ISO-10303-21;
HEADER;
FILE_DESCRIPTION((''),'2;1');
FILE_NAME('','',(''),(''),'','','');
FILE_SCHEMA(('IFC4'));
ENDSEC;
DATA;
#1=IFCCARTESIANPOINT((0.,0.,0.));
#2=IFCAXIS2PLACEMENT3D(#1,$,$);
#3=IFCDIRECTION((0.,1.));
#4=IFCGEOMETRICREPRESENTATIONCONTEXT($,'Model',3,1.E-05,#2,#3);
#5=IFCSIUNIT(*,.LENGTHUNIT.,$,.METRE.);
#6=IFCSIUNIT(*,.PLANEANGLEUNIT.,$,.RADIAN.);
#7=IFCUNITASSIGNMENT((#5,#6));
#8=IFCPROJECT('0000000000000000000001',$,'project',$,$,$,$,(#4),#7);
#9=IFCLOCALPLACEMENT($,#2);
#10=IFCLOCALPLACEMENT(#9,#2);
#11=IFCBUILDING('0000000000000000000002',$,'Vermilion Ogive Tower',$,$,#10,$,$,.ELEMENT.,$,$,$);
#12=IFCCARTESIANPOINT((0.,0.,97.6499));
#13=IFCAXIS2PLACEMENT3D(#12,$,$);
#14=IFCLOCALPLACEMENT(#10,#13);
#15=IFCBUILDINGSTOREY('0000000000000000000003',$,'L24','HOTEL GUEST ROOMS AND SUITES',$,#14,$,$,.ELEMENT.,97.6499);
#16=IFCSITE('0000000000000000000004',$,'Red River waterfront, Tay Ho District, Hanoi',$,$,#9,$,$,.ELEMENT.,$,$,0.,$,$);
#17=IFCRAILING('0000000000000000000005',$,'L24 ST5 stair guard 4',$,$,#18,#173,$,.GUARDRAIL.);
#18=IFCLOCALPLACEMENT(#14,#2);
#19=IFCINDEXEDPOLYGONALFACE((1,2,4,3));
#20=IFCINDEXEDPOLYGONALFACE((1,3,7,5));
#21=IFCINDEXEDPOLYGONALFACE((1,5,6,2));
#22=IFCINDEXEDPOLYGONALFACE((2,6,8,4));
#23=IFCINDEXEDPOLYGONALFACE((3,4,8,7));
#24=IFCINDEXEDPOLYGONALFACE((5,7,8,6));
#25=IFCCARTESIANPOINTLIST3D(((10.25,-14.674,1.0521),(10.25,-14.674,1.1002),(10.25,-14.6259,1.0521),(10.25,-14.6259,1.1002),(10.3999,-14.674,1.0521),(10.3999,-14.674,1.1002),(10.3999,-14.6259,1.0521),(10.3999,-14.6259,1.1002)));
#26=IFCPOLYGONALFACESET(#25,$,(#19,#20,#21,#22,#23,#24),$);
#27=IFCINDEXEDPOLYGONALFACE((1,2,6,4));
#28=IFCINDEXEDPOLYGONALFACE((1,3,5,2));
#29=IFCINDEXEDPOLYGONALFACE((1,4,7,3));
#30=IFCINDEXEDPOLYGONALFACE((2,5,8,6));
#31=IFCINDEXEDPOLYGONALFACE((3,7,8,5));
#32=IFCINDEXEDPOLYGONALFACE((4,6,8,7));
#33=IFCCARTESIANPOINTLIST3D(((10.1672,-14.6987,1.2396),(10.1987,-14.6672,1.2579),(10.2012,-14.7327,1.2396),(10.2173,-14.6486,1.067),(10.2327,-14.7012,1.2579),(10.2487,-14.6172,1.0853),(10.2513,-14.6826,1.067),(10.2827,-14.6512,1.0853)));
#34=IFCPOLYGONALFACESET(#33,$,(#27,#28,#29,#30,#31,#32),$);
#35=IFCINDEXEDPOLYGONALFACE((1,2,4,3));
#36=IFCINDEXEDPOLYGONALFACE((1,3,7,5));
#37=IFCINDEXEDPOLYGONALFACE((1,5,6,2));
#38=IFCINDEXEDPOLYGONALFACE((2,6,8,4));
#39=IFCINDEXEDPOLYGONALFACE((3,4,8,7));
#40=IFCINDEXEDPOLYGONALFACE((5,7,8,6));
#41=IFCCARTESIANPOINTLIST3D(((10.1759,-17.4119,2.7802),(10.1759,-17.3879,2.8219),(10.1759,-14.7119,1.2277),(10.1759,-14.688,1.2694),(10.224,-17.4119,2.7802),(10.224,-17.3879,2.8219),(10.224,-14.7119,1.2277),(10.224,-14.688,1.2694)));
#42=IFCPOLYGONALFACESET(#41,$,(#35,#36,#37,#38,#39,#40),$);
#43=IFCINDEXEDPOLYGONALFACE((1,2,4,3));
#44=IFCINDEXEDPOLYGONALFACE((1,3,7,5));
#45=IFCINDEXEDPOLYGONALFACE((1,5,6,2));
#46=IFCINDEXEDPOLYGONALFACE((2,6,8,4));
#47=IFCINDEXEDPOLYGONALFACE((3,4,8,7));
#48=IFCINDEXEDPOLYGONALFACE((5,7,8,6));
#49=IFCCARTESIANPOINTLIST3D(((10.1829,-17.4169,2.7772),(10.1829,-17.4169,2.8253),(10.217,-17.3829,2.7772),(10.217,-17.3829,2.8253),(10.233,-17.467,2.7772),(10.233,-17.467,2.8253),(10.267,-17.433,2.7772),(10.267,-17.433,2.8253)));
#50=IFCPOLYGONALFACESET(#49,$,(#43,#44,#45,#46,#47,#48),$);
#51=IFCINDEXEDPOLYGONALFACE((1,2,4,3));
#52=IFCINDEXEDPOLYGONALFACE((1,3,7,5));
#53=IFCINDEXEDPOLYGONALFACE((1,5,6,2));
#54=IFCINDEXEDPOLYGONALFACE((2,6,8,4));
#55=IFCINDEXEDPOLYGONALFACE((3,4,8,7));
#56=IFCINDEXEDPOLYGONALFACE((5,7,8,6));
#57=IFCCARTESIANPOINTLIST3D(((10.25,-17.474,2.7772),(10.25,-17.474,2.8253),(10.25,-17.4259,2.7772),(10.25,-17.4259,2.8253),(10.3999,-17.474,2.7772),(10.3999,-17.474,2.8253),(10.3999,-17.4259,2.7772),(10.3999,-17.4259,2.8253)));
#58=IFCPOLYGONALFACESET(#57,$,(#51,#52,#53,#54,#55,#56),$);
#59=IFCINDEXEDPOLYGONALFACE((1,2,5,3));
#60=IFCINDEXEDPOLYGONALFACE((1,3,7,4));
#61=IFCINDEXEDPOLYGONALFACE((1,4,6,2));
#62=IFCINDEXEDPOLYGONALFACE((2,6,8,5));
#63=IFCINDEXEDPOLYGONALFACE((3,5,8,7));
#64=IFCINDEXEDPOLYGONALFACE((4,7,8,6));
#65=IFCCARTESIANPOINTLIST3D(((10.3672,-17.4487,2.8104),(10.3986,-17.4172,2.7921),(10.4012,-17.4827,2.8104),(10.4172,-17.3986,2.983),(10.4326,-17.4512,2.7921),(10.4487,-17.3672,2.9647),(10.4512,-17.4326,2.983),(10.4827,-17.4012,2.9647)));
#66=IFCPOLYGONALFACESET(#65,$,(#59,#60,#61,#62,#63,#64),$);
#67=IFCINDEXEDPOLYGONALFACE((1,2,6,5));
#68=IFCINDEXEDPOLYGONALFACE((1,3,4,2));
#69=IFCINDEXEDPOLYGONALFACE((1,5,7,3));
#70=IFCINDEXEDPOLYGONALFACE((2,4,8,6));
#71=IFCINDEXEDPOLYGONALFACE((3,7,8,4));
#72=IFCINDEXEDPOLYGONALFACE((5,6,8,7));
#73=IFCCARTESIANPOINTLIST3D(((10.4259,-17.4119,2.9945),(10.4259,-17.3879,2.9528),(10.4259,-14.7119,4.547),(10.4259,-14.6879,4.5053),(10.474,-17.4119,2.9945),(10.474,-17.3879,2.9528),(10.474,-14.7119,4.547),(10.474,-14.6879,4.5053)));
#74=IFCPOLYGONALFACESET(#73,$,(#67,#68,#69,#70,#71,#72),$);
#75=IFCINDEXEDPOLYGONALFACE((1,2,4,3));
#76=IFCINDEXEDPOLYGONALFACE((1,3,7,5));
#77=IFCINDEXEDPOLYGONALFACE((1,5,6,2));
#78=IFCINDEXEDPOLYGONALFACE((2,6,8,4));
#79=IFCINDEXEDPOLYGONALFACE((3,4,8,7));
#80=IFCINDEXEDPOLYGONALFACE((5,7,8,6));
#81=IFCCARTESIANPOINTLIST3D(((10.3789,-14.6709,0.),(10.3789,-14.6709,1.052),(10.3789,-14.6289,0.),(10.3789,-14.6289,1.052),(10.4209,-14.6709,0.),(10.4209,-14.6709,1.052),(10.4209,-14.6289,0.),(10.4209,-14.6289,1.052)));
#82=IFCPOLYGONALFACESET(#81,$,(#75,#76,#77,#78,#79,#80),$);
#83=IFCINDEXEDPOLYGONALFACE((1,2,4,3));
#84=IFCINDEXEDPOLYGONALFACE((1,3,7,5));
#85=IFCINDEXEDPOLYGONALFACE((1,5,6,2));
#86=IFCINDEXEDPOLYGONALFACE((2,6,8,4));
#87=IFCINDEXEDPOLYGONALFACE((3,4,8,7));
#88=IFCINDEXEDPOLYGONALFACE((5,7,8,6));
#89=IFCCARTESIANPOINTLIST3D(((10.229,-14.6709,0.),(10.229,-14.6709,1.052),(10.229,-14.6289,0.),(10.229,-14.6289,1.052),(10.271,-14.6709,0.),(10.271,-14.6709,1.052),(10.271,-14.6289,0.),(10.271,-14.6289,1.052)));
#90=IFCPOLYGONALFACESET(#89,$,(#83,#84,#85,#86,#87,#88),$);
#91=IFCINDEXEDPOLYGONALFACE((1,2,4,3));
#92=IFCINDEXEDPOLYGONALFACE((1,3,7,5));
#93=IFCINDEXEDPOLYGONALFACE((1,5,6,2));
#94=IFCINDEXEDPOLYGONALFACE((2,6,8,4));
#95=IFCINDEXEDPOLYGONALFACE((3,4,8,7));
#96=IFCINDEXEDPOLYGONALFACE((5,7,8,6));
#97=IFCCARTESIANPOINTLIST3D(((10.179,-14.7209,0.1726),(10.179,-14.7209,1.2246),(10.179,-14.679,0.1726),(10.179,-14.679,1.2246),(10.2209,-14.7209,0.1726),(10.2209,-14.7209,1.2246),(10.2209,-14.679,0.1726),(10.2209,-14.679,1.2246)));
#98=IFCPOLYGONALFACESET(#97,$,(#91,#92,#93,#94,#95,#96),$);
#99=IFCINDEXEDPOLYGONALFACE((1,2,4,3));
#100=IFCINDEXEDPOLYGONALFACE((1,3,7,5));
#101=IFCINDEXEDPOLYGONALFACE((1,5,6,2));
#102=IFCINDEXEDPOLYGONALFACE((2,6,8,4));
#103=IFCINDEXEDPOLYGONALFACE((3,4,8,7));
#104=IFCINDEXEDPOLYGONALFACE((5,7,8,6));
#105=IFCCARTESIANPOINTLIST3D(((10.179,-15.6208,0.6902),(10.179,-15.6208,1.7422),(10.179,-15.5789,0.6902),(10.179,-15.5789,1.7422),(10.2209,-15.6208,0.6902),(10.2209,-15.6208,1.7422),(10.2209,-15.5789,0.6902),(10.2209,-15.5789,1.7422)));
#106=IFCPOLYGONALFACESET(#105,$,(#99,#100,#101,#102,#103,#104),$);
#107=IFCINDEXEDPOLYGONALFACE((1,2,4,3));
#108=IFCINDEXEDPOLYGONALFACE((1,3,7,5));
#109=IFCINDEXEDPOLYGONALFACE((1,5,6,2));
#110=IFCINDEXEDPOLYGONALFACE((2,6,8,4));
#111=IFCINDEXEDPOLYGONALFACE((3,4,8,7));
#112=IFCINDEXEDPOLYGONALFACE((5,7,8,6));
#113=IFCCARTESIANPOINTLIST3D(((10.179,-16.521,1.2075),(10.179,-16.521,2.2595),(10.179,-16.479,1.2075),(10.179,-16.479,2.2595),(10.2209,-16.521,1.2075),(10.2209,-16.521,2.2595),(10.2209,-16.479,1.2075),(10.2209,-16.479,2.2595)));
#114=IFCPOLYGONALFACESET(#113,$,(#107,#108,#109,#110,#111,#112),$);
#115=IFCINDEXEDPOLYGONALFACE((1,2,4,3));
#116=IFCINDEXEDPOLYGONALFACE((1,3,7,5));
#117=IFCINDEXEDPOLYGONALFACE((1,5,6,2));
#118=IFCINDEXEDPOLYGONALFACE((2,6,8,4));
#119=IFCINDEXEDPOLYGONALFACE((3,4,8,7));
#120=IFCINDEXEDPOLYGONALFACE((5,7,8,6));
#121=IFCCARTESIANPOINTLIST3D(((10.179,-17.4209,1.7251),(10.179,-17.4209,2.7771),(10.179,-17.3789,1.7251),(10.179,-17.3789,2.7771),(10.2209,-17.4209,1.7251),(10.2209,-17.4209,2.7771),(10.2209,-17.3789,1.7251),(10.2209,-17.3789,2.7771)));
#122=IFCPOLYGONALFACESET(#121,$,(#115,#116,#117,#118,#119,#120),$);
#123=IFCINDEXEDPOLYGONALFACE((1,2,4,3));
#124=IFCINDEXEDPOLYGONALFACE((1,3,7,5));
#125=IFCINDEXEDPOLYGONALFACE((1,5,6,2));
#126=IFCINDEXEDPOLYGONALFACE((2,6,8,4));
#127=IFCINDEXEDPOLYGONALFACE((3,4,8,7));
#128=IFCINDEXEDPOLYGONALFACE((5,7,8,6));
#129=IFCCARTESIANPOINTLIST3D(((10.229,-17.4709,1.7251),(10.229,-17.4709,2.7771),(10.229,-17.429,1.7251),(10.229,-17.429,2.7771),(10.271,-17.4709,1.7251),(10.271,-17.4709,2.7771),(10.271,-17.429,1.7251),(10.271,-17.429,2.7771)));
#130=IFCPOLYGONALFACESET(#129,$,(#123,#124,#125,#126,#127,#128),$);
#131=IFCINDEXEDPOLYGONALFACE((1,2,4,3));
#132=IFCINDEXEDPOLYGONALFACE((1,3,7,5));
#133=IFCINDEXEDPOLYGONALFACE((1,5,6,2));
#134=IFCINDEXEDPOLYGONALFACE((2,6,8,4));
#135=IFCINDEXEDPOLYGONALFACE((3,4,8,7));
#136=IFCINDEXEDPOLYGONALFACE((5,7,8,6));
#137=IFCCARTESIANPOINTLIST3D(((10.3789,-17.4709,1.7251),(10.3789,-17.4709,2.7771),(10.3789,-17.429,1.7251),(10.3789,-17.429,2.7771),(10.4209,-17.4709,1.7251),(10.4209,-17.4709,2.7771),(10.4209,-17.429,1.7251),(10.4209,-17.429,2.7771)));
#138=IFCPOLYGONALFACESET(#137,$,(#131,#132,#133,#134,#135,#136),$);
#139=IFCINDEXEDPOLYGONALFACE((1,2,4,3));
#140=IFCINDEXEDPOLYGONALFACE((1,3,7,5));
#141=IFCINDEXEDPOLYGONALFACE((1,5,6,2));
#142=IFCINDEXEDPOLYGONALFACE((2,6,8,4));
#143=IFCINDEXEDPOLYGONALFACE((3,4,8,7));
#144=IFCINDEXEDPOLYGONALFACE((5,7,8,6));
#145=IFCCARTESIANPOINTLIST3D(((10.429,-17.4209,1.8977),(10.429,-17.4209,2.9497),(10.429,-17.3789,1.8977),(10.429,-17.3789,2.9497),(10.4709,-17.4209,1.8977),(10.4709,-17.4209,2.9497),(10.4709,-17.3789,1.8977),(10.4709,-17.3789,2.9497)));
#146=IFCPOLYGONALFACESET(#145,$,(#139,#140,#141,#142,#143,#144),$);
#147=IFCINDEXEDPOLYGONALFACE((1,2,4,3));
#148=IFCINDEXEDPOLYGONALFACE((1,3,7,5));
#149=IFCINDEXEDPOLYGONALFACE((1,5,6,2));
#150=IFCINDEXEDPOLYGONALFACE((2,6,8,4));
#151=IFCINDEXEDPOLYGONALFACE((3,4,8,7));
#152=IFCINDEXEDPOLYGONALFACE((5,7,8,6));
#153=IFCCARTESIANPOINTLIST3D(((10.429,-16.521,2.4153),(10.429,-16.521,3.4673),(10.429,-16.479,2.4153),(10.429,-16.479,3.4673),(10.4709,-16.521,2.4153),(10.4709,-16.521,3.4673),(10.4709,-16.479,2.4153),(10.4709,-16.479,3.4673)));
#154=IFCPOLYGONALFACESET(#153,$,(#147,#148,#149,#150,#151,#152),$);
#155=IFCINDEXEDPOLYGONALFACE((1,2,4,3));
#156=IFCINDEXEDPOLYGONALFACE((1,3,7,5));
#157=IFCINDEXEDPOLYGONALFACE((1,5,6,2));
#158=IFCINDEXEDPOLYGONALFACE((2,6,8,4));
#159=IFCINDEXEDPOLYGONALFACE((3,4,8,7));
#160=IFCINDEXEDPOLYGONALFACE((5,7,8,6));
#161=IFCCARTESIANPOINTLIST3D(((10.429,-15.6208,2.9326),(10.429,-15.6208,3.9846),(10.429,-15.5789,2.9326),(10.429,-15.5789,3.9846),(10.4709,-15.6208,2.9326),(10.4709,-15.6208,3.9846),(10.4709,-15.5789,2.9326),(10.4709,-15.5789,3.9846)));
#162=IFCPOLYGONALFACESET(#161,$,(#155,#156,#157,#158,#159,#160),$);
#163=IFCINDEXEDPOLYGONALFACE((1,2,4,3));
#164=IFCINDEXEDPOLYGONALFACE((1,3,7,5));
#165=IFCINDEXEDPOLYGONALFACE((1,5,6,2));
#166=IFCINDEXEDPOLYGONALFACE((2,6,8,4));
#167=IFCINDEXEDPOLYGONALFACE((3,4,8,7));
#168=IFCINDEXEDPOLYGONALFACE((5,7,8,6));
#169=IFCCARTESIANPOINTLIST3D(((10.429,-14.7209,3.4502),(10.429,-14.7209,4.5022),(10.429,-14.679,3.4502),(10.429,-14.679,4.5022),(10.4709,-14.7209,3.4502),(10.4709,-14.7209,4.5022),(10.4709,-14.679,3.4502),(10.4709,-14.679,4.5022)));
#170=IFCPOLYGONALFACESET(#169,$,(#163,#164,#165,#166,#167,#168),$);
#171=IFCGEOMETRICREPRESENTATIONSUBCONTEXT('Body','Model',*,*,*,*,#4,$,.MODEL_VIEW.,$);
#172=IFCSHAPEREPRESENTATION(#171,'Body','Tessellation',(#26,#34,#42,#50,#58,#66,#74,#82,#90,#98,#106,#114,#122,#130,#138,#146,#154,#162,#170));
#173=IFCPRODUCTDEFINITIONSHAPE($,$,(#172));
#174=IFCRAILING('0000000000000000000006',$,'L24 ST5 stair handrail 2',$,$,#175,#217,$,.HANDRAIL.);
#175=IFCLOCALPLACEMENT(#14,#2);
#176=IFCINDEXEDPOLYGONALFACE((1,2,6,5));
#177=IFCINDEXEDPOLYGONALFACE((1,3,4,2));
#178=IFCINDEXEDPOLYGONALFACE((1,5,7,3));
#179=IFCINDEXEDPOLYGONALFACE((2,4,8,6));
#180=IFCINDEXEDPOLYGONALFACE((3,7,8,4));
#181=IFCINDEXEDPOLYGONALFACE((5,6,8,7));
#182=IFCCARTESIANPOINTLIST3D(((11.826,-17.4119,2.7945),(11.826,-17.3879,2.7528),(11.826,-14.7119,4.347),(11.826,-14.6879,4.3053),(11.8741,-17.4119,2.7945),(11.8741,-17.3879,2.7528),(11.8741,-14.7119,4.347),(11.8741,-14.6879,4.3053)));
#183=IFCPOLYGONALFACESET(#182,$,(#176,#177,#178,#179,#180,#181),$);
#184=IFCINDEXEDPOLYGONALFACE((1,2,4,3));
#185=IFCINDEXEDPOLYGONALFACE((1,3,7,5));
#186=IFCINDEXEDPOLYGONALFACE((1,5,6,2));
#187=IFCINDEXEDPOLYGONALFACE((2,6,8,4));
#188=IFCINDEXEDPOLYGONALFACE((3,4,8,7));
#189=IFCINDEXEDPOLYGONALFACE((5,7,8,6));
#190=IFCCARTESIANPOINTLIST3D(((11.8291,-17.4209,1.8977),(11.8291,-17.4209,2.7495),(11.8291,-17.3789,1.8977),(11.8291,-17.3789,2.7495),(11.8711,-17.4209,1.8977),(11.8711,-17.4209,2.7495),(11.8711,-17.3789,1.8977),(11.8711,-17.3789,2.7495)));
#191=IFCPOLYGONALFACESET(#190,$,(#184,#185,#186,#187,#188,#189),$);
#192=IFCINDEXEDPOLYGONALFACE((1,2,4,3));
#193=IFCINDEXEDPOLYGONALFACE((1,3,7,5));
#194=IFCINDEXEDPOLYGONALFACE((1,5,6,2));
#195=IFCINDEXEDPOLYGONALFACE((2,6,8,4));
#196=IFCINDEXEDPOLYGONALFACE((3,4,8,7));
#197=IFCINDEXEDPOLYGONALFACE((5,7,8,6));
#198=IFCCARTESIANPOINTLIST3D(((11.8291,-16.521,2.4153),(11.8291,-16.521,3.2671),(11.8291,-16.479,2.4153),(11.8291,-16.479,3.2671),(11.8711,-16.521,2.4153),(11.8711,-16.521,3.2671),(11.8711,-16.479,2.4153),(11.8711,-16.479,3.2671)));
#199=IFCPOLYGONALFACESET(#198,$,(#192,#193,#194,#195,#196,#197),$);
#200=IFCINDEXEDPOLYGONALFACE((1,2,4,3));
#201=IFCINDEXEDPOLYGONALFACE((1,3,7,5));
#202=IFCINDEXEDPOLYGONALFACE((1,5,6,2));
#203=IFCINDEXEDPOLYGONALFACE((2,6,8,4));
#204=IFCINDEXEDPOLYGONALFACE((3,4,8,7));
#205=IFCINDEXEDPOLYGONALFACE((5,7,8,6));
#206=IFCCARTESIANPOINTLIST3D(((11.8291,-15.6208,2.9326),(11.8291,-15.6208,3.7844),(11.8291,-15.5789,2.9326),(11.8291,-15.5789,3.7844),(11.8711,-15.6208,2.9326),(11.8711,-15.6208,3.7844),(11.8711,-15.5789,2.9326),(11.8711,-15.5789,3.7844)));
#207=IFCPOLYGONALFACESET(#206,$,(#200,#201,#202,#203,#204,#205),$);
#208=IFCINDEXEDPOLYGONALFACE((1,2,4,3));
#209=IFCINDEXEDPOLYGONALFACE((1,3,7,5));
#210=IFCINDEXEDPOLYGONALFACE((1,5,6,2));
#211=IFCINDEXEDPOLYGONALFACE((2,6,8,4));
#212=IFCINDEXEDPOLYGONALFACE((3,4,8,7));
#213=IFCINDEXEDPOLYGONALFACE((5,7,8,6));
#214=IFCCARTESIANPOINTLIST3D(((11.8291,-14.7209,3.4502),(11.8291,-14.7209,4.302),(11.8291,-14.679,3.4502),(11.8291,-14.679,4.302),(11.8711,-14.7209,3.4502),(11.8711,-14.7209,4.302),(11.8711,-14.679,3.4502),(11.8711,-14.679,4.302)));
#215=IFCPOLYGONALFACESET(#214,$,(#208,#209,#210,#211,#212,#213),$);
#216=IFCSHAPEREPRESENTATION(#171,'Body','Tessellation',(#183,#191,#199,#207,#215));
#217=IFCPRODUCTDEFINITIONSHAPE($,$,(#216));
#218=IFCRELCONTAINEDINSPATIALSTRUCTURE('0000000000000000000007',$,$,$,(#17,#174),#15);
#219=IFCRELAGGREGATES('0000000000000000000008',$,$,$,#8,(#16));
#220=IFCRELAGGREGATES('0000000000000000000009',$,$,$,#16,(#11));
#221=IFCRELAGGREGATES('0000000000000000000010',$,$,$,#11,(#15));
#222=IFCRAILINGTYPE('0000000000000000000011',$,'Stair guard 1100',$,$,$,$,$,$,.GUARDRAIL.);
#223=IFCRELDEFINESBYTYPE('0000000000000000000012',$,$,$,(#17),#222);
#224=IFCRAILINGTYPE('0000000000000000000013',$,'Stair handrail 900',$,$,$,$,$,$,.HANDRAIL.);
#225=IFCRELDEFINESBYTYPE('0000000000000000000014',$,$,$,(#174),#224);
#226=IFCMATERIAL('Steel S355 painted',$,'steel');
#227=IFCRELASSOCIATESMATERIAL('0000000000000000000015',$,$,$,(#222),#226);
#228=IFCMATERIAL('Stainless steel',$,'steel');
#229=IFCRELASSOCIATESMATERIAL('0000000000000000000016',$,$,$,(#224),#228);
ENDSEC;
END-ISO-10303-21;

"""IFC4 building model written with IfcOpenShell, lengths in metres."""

from ifc_helpers import new_model, si_unit, direction, frame, origin, origin_2d, place, context, subcontext, project, spatial, rectangle, extrude, material, type_object, element, save


model = new_model("IFC4")

# Units and contexts
model_context = context("Model", 3, precision=1e-05, world=origin(), true_north=direction((0.0, 1.0)))
body_context = subcontext(model_context, "Body", "Model", "MODEL_VIEW")
ifc_project = project(units=[si_unit("LENGTHUNIT", "METRE"), si_unit("PLANEANGLEUNIT", "RADIAN")], contexts=[model_context])

# Site, building, storey
site_placement = place(None, origin())
site = spatial("IfcSite", under=ifc_project, at=site_placement, Name="Red River waterfront, Tay Ho District, Hanoi", CompositionType="ELEMENT", RefElevation=0.0)
building_placement = place(site_placement, origin())
building = spatial("IfcBuilding", under=site, at=building_placement, Name="Vermilion Ogive Tower", CompositionType="ELEMENT")
storey_placement = place(building_placement, frame((0.0, 0.0, 97.6499)))
storey = spatial("IfcBuildingStorey", under=building, at=storey_placement, Name="L24", Description="HOTEL GUEST ROOMS AND SUITES", CompositionType="ELEMENT", Elevation=97.6499)

# Railings
ifc_material_1 = material(Name="Steel S355 painted", Category="steel")
railing_type_1 = type_object("IfcRailingType", Name="Stair guard 1100", PredefinedType="GUARDRAIL", material=ifc_material_1)
railing_1_placement = place(storey_placement, frame((10.3999, -14.6499, 0.0)))
element("IfcRailing", 1, at=railing_1_placement, inside=storey, type_object=railing_type_1, Name="L24 ST5 stair guard 4", PredefinedType="GUARDRAIL", context=body_context, shape_type="SweptSolid", body=[
    extrude(rectangle(XDim=0.0481, YDim=0.0481, at=origin_2d()), frame((0.0, 0.0, 1.0762), z_axis=(-1.0, 0.0, 0.0), x_axis=(0.0, -1.0, 0.0)), (0.0, 0.0, 1.0), 0.1499),
    extrude(rectangle(XDim=0.0481, YDim=0.0481, at=origin_2d()), frame((-0.1499, 0.0, 1.0762), z_axis=(-0.268278, -0.268278, 0.925232), x_axis=(0.707107, -0.707107, 0.0)), (0.0, 0.0, 1.0), 0.1865),
    extrude(rectangle(XDim=0.0481, YDim=0.0481, at=origin_2d()), frame((-0.2, -0.05, 1.2485), z_axis=(0.0, -0.866904, 0.498476), x_axis=(1.0, 0.0, 0.0)), (0.0, 0.0, 1.0), 3.1145),
    extrude(rectangle(XDim=0.0481, YDim=0.0481, at=origin_2d()), frame((-0.2, -2.75, 2.8013), z_axis=(0.707107, -0.707107, 0.0), x_axis=(0.707107, 0.707107, 0.0)), (0.0, 0.0, 1.0), 0.0708),
    extrude(rectangle(XDim=0.0481, YDim=0.0481, at=origin_2d()), frame((-0.1499, -2.8, 2.8013), z_axis=(1.0, 0.0, 0.0), x_axis=(0.0, 1.0, 0.0)), (0.0, 0.0, 1.0), 0.1499),
    extrude(rectangle(XDim=0.0481, YDim=0.0481, at=origin_2d()), frame((0.0, -2.8, 2.8013), z_axis=(0.268278, 0.268278, 0.925232), x_axis=(-0.707107, 0.707107, 0.0)), (0.0, 0.0, 1.0), 0.1865),
    extrude(rectangle(XDim=0.0481, YDim=0.0481, at=origin_2d()), frame((0.05, -2.75, 2.9736), z_axis=(0.0, 0.866904, 0.498476), x_axis=(-1.0, 0.0, 0.0)), (0.0, 0.0, 1.0), 3.1145),
    extrude(rectangle(XDim=0.042, YDim=0.042, at=origin_2d()), origin(), (0.0, 0.0, 1.0), 1.052),
    extrude(rectangle(XDim=0.042, YDim=0.042, at=origin_2d()), frame((-0.1499, 0.0, 0.0)), (0.0, 0.0, 1.0), 1.052),
    extrude(rectangle(XDim=0.042, YDim=0.042, at=origin_2d()), frame((-0.2, -0.05, 0.1726)), (0.0, 0.0, 1.0), 1.052),
    extrude(rectangle(XDim=0.042, YDim=0.042, at=origin_2d()), frame((-0.2, -0.95, 0.6902)), (0.0, 0.0, 1.0), 1.052),
    extrude(rectangle(XDim=0.042, YDim=0.042, at=origin_2d()), frame((-0.2, -1.8501, 1.2075)), (0.0, 0.0, 1.0), 1.052),
    extrude(rectangle(XDim=0.042, YDim=0.042, at=origin_2d()), frame((-0.2, -2.75, 1.7251)), (0.0, 0.0, 1.0), 1.052),
    extrude(rectangle(XDim=0.042, YDim=0.042, at=origin_2d()), frame((-0.1499, -2.8, 1.7251)), (0.0, 0.0, 1.0), 1.052),
    extrude(rectangle(XDim=0.042, YDim=0.042, at=origin_2d()), frame((0.0, -2.8, 1.7251)), (0.0, 0.0, 1.0), 1.052),
    extrude(rectangle(XDim=0.042, YDim=0.042, at=origin_2d()), frame((0.05, -2.75, 1.8977)), (0.0, 0.0, 1.0), 1.052),
    extrude(rectangle(XDim=0.042, YDim=0.042, at=origin_2d()), frame((0.05, -1.8501, 2.4153)), (0.0, 0.0, 1.0), 1.052),
    extrude(rectangle(XDim=0.042, YDim=0.042, at=origin_2d()), frame((0.05, -0.95, 2.9326)), (0.0, 0.0, 1.0), 1.052),
    extrude(rectangle(XDim=0.042, YDim=0.042, at=origin_2d()), frame((0.05, -0.05, 3.4502)), (0.0, 0.0, 1.0), 1.052),
])
ifc_material_2 = material(Name="Stainless steel", Category="steel")
railing_type_2 = type_object("IfcRailingType", Name="Stair handrail 900", PredefinedType="HANDRAIL", material=ifc_material_2)
railing_2_placement = place(storey_placement, frame((11.8501, -17.3999, 1.8977)))
element("IfcRailing", 2, at=railing_2_placement, inside=storey, type_object=railing_type_2, Name="L24 ST5 stair handrail 2", PredefinedType="HANDRAIL", context=body_context, shape_type="SweptSolid", body=[
    extrude(rectangle(XDim=0.0481, YDim=0.0481, at=origin_2d()), frame((0.0, 0.0, 0.876), z_axis=(0.0, 0.866904, 0.498476), x_axis=(-1.0, 0.0, 0.0)), (0.0, 0.0, 1.0), 3.1145),
    extrude(rectangle(XDim=0.042, YDim=0.042, at=origin_2d()), origin(), (0.0, 0.0, 1.0), 0.8518),
    extrude(rectangle(XDim=0.042, YDim=0.042, at=origin_2d()), frame((0.0, 0.8999, 0.5176)), (0.0, 0.0, 1.0), 0.8518),
    extrude(rectangle(XDim=0.042, YDim=0.042, at=origin_2d()), frame((0.0, 1.8, 1.0349)), (0.0, 0.0, 1.0), 0.8518),
    extrude(rectangle(XDim=0.042, YDim=0.042, at=origin_2d()), frame((0.0, 2.7, 1.5525)), (0.0, 0.0, 1.0), 0.8518),
])

save(model, "model.ifc")
